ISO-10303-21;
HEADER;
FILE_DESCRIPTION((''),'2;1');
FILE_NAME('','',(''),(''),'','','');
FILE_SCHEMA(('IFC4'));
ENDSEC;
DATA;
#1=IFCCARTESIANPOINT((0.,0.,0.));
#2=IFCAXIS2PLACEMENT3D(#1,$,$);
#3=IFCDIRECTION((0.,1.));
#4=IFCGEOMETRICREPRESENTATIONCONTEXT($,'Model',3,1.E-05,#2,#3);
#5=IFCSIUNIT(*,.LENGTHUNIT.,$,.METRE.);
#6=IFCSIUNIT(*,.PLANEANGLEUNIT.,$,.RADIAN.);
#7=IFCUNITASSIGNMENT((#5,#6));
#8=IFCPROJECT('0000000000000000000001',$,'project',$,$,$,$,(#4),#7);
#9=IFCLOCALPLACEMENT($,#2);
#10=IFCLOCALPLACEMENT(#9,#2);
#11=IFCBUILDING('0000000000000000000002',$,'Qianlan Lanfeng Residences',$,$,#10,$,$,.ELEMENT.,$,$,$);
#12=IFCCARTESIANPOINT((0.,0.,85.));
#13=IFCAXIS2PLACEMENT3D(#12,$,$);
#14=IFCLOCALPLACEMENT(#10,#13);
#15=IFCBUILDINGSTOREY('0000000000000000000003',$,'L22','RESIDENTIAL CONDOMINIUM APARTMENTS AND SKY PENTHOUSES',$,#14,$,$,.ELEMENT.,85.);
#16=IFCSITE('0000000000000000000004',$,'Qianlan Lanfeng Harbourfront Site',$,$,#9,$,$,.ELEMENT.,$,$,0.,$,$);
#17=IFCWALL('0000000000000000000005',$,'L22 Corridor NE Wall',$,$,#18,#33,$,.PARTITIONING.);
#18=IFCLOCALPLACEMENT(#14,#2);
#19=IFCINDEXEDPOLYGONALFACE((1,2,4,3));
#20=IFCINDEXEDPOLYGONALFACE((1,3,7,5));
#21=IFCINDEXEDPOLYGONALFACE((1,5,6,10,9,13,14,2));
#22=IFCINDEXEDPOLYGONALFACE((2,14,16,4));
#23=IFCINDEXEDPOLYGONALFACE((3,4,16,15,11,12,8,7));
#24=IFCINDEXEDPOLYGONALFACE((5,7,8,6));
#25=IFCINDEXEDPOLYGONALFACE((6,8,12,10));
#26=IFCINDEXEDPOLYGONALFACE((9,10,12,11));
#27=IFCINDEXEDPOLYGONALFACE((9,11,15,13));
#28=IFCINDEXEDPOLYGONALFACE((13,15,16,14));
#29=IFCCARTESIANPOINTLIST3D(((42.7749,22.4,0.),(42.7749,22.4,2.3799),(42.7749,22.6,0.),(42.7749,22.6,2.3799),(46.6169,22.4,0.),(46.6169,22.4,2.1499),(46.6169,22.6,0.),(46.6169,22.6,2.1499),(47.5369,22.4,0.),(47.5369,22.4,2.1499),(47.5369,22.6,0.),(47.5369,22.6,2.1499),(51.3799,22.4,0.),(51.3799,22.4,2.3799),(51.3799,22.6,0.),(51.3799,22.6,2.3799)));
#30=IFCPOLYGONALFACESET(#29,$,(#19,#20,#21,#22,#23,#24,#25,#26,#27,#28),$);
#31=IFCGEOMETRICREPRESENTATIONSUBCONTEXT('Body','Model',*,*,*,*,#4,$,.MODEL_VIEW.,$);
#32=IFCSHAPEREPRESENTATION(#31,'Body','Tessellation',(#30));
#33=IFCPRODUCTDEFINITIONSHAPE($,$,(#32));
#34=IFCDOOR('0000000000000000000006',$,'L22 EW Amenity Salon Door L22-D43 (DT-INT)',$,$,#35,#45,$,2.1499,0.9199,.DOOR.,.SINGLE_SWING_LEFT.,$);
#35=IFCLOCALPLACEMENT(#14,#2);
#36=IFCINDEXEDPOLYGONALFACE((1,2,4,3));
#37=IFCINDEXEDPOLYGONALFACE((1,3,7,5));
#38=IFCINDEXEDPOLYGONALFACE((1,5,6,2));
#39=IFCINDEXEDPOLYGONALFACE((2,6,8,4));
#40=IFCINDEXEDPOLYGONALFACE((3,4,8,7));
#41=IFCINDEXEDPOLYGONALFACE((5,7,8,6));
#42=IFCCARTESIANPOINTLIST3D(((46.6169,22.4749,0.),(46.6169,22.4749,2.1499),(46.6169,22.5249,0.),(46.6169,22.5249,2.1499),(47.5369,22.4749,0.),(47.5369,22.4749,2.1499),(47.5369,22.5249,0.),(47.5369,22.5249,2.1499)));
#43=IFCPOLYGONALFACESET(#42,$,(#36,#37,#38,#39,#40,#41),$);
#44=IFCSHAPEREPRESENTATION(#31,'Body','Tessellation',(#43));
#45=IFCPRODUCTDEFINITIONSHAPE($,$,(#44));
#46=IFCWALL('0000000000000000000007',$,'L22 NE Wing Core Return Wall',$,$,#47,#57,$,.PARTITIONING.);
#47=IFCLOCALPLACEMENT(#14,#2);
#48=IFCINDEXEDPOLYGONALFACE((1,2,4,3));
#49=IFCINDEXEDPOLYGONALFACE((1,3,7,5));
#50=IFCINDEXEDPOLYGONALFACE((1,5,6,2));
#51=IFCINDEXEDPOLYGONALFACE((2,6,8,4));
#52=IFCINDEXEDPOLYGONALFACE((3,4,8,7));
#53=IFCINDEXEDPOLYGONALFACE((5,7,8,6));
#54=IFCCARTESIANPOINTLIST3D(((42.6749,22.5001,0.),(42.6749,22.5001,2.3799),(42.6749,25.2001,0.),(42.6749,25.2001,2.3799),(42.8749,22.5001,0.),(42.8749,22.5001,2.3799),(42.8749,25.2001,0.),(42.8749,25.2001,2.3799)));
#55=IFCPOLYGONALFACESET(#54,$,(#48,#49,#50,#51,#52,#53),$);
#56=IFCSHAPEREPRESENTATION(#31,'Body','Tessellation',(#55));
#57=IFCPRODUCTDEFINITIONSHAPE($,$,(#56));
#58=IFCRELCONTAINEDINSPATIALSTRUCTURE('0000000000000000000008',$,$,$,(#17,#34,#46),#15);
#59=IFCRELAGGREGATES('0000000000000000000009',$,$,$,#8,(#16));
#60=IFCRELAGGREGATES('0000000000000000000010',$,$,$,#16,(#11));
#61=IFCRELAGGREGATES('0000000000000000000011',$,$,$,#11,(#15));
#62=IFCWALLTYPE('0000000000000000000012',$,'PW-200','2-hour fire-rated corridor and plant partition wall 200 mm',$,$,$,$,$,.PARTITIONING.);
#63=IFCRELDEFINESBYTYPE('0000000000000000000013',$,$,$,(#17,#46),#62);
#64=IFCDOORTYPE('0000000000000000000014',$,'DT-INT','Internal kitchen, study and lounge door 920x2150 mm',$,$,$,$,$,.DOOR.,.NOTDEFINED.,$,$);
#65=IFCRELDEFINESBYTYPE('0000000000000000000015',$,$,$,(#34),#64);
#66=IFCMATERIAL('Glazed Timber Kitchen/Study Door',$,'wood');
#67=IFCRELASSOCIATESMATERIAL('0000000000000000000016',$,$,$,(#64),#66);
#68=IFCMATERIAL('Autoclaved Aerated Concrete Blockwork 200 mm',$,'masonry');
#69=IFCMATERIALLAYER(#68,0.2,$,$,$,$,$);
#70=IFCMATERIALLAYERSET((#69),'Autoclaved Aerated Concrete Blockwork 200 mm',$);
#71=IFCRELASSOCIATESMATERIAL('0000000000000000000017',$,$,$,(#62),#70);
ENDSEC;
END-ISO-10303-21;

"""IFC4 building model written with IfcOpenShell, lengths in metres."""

from ifc_helpers import new_model, si_unit, direction, frame, frame_2d, origin, place, context, subcontext, project, spatial, rectangle, extrude, material, layer, layer_set, type_object, element, fill, save


model = new_model("IFC4")

# Units and contexts
model_context = context("Model", 3, precision=1e-05, world=origin(), true_north=direction((0.0, 1.0)))
body_context = subcontext(model_context, "Body", "Model", "MODEL_VIEW")
ifc_project = project(units=[si_unit("LENGTHUNIT", "METRE"), si_unit("PLANEANGLEUNIT", "RADIAN")], contexts=[model_context])

# Site, building, storey
site_placement = place(None, origin())
site = spatial("IfcSite", under=ifc_project, at=site_placement, Name="Qianlan Lanfeng Harbourfront Site", CompositionType="ELEMENT", RefElevation=0.0)
building_placement = place(site_placement, origin())
building = spatial("IfcBuilding", under=site, at=building_placement, Name="Qianlan Lanfeng Residences", CompositionType="ELEMENT")
storey_placement = place(building_placement, frame((0.0, 0.0, 85.0)))
storey = spatial("IfcBuildingStorey", under=building, at=storey_placement, Name="L22", Description="RESIDENTIAL CONDOMINIUM APARTMENTS AND SKY PENTHOUSES", CompositionType="ELEMENT", Elevation=85.0)

# Wall, opening, door
ifc_material_1 = material(Name="Glazed Timber Kitchen/Study Door", Category="wood")
door_type = type_object("IfcDoorType", Name="DT-INT", Description="Internal kitchen, study and lounge door 920x2150 mm", OperationType="NOTDEFINED", PredefinedType="DOOR", material=ifc_material_1)
ifc_material_2 = material(Name="Autoclaved Aerated Concrete Blockwork 200 mm", Category="masonry")
ifc_layer_1 = layer(ifc_material_2, 0.2)
ifc_layer_set_1 = layer_set([ifc_layer_1], Name="Autoclaved Aerated Concrete Blockwork 200 mm")
wall_type_1 = type_object("IfcWallType", Name="PW-200", Description="2-hour fire-rated corridor and plant partition wall 200 mm", PredefinedType="PARTITIONING", material=ifc_layer_set_1)
wall_1_placement = place(storey_placement, frame((42.7749, 22.5, 0.0), z_axis=(0.0, 0.0, 1.0), x_axis=(1.0, 0.0, 0.0)))
wall_1 = element("IfcWall", 1, at=wall_1_placement, inside=storey, type_object=wall_type_1, Name="L22 Corridor NE Wall", PredefinedType="PARTITIONING", context=body_context, shape_type="SweptSolid", body=[
    extrude(rectangle(XDim=8.605, YDim=0.2, at=frame_2d((4.3025, 0.0))), origin(), (0.0, 0.0, 1.0), 2.3799),
])
opening_1_placement = place(wall_1_placement, frame((3.842, 0.0, 0.0)))
opening_1 = element("IfcOpeningElement", 2, at=opening_1_placement, cuts=wall_1, PredefinedType="OPENING", context=body_context, shape_type="SweptSolid", body=[
    extrude(rectangle(XDim=0.9199, YDim=2.1499, at=frame_2d((0.46, 1.075))), frame((0.0, 0.1099, 0.0), z_axis=(0.0, -1.0, 0.0), x_axis=(1.0, 0.0, 0.0)), (0.0, 0.0, 1.0), 0.22),
])
door_1_placement = place(opening_1_placement, origin())
door_1 = element("IfcDoor", 3, at=door_1_placement, inside=storey, type_object=door_type, Name="L22 EW Amenity Salon Door L22-D43 (DT-INT)", OperationType="SINGLE_SWING_LEFT", OverallHeight=2.1499, OverallWidth=0.9199, PredefinedType="DOOR", context=body_context, shape_type="SweptSolid", body=[
    extrude(rectangle(XDim=0.9199, YDim=2.1499, at=frame_2d((0.46, 1.075))), frame((0.0, 0.0249, 0.0), z_axis=(0.0, -1.0, 0.0), x_axis=(1.0, 0.0, 0.0)), (0.0, 0.0, 1.0), 0.05),
])
fill(opening_1, door_1)

# Wall
wall_2_placement = place(storey_placement, frame((42.7749, 22.5, 0.0), z_axis=(0.0, 0.0, 1.0), x_axis=(0.0, 1.0, 0.0)))
element("IfcWall", 4, at=wall_2_placement, inside=storey, type_object=wall_type_1, Name="L22 NE Wing Core Return Wall", PredefinedType="PARTITIONING", context=body_context, shape_type="SweptSolid", body=[
    extrude(rectangle(XDim=2.7, YDim=0.2, at=frame_2d((1.3501, 0.0))), origin(), (0.0, 0.0, 1.0), 2.3799),
])

save(model, "model.ifc")
